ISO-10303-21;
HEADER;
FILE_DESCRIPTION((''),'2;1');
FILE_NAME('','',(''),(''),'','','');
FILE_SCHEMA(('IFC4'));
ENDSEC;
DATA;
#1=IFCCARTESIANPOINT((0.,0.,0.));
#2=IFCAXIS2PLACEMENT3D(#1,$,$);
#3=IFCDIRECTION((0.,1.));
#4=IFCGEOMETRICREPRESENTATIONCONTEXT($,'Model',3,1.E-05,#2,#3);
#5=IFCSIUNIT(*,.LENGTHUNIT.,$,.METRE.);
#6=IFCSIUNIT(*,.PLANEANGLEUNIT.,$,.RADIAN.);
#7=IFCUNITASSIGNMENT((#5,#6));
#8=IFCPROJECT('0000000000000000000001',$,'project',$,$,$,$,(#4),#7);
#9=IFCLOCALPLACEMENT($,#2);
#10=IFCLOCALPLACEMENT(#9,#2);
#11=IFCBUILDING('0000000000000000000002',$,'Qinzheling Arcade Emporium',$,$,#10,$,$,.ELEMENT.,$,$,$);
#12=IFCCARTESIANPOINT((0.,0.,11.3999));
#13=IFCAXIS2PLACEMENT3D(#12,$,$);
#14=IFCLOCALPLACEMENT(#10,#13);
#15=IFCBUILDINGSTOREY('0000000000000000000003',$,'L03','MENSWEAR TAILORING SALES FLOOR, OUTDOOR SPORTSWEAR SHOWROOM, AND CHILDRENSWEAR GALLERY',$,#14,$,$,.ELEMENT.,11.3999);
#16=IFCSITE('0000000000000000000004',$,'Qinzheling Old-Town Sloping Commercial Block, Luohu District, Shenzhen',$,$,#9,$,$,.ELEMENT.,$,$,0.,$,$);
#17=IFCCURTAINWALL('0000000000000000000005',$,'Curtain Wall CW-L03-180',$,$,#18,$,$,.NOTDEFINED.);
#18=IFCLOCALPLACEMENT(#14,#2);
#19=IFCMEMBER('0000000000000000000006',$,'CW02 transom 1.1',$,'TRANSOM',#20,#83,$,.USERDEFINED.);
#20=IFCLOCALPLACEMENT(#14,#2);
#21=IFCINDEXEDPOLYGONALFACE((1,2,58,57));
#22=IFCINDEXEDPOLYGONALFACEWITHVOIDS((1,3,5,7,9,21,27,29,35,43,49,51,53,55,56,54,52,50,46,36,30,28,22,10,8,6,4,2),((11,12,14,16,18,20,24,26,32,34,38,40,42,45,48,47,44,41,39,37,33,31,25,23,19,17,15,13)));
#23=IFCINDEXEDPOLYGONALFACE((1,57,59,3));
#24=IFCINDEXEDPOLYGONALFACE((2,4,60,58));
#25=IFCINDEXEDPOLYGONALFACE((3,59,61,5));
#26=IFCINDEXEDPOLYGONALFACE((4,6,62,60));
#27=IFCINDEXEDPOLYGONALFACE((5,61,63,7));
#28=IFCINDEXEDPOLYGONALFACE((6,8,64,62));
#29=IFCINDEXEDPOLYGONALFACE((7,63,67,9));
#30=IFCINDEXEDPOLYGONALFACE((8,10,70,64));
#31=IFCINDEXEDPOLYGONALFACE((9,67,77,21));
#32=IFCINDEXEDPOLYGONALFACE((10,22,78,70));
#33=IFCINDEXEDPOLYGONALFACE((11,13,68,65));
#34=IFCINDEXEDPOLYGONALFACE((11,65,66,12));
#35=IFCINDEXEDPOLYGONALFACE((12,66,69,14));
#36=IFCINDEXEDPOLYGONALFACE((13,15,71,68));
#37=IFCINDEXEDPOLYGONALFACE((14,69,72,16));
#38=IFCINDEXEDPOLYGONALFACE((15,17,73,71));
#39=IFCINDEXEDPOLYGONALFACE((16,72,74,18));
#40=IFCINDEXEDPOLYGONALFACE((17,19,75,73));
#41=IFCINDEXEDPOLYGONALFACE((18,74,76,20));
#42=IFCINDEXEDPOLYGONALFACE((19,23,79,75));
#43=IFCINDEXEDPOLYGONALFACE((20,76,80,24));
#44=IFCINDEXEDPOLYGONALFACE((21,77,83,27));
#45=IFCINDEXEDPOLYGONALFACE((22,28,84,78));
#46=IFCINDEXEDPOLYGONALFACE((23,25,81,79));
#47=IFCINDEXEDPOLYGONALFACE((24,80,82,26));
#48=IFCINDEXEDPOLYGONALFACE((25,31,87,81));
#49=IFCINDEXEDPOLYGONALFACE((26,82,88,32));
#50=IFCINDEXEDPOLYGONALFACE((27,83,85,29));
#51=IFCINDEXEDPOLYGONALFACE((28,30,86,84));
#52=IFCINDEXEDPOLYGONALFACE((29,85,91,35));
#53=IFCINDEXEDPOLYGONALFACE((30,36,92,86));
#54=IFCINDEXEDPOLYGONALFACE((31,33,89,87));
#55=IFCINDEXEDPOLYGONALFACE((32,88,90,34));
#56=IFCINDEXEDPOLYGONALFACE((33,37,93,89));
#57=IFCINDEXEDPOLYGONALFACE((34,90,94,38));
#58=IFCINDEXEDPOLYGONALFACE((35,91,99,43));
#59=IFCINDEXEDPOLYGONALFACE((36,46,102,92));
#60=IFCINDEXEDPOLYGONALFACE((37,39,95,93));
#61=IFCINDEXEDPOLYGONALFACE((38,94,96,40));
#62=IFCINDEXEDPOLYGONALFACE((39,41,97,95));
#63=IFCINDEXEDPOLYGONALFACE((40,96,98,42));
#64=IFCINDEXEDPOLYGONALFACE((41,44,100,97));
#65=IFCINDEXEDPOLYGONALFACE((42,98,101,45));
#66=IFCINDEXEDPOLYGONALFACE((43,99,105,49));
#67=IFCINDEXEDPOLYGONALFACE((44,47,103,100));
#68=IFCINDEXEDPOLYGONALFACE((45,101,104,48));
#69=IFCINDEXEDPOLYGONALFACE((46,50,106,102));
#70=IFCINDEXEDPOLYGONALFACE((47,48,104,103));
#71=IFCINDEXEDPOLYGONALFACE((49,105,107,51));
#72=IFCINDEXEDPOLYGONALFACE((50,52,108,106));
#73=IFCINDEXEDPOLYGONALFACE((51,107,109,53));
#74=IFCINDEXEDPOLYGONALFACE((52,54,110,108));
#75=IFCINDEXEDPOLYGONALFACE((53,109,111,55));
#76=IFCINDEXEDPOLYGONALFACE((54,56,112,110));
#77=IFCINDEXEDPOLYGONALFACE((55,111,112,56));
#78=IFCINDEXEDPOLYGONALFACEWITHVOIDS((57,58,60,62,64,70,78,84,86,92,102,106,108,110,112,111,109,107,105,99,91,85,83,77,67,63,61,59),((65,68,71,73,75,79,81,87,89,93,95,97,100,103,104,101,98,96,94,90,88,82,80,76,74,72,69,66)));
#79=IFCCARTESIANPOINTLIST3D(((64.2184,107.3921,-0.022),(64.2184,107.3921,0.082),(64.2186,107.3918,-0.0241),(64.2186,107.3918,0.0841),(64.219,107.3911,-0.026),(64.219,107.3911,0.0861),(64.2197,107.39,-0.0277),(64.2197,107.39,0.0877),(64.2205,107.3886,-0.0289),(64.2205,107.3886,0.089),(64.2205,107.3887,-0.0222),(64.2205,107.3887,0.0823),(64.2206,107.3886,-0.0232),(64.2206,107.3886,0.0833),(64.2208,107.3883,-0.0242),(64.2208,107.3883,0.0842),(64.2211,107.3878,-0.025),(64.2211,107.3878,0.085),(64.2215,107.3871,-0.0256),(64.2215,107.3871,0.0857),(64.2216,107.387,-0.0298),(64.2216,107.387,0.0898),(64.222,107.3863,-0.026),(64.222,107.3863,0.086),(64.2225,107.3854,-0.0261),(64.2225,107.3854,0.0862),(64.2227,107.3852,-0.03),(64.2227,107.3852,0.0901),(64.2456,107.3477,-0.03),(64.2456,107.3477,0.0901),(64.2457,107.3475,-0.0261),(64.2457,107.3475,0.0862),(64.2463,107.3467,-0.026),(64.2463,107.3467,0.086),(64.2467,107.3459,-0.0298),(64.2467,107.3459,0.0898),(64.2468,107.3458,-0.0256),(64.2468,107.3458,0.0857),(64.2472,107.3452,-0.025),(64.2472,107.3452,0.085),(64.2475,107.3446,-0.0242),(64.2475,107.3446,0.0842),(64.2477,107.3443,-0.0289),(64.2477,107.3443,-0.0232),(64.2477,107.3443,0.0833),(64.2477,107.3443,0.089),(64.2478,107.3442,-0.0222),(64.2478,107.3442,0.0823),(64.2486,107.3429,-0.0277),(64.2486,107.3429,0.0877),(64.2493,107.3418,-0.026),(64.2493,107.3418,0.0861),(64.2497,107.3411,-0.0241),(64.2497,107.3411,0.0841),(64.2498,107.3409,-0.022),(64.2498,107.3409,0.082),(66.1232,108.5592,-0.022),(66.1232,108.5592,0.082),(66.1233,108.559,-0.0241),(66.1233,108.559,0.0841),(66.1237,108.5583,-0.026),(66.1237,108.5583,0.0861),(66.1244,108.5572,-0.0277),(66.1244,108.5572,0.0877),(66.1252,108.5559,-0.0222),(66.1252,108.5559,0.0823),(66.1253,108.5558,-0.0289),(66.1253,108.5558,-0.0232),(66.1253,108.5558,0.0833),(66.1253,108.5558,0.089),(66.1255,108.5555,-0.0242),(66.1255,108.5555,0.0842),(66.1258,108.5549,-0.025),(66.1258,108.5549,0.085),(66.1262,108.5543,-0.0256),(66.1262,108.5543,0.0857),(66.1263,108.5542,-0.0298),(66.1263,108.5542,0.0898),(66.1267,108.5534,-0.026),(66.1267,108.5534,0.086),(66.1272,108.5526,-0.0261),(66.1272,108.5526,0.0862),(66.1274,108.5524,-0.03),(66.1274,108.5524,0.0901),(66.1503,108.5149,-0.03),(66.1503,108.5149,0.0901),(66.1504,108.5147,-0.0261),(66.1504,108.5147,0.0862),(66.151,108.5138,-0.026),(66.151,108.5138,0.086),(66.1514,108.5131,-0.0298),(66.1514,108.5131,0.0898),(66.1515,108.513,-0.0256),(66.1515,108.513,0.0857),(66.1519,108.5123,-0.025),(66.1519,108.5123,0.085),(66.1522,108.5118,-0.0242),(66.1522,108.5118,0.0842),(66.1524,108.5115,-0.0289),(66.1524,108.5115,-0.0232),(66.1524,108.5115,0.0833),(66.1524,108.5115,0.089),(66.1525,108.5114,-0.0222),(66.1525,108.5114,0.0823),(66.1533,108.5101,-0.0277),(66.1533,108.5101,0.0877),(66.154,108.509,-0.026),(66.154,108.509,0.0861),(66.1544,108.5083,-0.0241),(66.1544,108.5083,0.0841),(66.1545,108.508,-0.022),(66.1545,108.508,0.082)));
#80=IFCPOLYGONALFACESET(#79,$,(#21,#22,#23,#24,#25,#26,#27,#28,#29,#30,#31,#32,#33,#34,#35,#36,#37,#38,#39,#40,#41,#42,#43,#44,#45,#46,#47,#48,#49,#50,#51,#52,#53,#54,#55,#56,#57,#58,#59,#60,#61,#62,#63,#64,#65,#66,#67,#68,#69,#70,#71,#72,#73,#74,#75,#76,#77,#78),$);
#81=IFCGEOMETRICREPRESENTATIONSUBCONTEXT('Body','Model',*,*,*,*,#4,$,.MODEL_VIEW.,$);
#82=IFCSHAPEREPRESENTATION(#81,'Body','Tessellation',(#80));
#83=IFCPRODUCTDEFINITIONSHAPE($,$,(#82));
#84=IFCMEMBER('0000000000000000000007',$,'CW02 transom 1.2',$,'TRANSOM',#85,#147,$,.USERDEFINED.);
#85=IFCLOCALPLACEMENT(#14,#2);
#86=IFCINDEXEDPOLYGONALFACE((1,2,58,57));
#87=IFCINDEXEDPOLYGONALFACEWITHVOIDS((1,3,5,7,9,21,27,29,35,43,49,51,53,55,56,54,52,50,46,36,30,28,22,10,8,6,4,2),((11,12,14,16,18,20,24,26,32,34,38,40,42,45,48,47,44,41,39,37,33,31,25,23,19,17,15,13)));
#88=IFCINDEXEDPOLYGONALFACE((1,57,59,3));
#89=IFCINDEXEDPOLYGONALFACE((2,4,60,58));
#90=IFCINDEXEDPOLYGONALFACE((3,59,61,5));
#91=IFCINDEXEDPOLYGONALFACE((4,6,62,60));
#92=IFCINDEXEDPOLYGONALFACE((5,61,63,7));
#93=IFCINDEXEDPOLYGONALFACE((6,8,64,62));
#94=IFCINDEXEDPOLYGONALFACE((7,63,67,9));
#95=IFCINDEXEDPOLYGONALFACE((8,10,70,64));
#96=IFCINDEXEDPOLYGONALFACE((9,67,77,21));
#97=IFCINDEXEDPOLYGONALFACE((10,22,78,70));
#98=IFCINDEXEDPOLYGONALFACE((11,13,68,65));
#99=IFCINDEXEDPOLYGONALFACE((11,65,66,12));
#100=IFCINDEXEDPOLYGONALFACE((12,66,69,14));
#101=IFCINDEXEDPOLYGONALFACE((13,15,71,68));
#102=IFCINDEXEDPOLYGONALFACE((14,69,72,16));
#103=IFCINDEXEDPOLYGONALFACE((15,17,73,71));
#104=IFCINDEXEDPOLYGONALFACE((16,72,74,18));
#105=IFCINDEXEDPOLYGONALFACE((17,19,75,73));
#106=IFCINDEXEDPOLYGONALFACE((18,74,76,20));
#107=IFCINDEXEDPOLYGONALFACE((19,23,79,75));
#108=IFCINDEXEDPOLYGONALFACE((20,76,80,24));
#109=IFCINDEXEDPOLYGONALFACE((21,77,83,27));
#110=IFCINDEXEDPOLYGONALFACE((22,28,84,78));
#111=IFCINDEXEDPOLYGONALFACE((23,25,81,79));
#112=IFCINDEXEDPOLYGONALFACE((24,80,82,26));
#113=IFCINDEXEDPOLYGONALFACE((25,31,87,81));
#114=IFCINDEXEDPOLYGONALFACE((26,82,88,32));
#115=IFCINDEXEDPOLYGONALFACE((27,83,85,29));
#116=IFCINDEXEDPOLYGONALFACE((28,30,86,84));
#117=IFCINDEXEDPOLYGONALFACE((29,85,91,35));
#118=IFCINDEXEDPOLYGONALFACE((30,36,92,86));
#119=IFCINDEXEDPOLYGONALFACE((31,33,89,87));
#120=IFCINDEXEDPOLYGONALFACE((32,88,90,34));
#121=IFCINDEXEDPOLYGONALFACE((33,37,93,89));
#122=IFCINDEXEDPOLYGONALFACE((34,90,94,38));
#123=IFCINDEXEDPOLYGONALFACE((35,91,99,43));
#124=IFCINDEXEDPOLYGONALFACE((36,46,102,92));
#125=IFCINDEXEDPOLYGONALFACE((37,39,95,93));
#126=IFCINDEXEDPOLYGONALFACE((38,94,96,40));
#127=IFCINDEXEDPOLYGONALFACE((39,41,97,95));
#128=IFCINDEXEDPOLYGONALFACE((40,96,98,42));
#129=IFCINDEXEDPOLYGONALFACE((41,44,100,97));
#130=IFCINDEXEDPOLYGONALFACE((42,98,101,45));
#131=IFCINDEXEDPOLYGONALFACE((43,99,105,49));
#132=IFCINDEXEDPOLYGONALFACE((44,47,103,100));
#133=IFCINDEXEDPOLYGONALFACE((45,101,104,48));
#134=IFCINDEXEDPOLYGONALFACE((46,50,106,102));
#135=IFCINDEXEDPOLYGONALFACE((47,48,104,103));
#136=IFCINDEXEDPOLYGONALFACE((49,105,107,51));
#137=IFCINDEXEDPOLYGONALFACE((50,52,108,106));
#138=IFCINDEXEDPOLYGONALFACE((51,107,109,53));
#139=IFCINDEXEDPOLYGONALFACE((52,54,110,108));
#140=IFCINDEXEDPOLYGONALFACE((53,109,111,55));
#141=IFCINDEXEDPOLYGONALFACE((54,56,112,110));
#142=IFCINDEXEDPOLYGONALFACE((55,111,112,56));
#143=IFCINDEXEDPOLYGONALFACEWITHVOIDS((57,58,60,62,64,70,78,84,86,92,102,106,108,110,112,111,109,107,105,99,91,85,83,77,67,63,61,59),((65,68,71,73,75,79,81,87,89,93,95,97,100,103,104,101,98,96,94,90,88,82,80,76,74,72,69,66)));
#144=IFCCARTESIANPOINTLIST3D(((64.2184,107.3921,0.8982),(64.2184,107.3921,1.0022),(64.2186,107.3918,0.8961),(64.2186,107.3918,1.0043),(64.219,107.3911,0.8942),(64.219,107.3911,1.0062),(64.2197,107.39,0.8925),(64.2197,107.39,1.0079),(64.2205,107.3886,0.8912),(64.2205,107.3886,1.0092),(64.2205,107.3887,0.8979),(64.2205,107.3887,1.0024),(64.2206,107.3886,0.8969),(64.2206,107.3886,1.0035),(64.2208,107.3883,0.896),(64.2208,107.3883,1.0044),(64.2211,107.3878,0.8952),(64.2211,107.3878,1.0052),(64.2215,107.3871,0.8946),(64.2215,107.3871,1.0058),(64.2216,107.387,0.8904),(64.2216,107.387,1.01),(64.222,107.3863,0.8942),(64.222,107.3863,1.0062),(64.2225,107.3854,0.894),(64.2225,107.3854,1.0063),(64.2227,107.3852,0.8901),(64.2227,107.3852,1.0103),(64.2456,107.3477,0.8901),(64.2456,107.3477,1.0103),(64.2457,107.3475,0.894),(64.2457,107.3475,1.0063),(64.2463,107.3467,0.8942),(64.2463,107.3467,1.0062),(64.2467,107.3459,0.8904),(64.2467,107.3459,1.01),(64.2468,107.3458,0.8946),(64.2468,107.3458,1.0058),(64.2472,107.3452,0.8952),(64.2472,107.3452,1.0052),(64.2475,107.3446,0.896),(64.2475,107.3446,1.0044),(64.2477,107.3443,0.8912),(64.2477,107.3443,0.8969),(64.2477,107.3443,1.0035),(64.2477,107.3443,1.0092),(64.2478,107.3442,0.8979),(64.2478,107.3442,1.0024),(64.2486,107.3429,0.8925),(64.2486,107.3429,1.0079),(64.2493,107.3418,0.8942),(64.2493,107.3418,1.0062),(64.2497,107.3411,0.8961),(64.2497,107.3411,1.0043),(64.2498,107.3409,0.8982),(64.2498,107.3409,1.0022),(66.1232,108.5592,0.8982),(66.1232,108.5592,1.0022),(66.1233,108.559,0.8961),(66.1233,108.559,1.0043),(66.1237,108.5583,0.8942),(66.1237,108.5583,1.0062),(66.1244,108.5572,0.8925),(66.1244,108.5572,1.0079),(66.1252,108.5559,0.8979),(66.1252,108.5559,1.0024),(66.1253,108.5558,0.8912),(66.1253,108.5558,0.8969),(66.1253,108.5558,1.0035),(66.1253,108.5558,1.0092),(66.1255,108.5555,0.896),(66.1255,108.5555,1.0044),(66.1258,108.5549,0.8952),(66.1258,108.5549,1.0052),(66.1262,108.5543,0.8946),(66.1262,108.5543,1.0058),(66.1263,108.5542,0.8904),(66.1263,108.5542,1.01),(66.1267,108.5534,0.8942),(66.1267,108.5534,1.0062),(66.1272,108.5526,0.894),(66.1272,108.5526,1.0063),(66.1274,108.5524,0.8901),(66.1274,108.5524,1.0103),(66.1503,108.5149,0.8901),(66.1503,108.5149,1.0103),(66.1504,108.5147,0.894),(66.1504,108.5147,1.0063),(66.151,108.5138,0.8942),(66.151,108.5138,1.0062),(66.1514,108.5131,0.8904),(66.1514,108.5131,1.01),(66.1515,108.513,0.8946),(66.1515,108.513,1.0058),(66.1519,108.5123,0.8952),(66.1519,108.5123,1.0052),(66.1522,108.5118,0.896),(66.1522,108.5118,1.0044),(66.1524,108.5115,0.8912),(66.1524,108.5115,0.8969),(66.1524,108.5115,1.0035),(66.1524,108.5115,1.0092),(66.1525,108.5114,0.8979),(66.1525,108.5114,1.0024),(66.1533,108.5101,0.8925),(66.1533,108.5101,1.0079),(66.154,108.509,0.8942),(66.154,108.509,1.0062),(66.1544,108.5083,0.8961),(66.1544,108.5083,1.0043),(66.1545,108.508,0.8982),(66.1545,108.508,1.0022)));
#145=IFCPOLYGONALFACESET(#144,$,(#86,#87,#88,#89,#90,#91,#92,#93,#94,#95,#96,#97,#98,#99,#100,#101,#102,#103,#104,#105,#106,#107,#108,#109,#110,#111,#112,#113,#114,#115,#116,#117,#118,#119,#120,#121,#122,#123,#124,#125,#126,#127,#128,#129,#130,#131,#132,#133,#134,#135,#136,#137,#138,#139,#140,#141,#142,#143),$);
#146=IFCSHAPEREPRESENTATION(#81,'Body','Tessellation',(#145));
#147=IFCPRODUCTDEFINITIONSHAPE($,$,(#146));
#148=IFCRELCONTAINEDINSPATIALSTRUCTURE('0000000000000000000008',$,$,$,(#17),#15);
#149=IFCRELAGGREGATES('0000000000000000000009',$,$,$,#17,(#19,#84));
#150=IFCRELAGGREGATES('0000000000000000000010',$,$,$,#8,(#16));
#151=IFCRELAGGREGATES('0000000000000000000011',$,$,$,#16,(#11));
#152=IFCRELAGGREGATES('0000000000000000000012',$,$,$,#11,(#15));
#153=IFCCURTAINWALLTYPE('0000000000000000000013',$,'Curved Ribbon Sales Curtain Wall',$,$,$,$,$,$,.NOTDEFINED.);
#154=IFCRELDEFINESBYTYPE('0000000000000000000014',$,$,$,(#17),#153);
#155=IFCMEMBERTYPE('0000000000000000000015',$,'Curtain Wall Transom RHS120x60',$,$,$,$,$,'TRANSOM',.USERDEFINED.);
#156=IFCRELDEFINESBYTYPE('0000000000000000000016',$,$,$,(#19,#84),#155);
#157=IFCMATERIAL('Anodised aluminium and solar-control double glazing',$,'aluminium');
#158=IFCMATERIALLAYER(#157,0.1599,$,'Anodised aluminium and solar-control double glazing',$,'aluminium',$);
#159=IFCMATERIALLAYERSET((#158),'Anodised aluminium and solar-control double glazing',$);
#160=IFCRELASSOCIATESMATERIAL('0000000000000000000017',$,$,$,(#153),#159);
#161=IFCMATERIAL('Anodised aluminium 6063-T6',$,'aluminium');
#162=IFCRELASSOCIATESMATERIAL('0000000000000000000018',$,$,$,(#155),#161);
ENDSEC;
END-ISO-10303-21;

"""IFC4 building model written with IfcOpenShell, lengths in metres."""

from ifc_helpers import new_model, si_unit, direction, frame, origin, origin_2d, place, context, subcontext, project, spatial, hollow_rectangle, extrude, material, layer, layer_set, material_profile, profile_set, type_object, element, aggregate, save


model = new_model("IFC4")

# Units and contexts
model_context = context("Model", 3, precision=1e-05, world=origin(), true_north=direction((0.0, 1.0)))
body_context = subcontext(model_context, "Body", "Model", "MODEL_VIEW")
ifc_project = project(units=[si_unit("LENGTHUNIT", "METRE"), si_unit("PLANEANGLEUNIT", "RADIAN")], contexts=[model_context])

# Site, building, storey
site_placement = place(None, origin())
site = spatial("IfcSite", under=ifc_project, at=site_placement, Name="Qinzheling Old-Town Sloping Commercial Block, Luohu District, Shenzhen", CompositionType="ELEMENT", RefElevation=0.0)
building_placement = place(site_placement, origin())
building = spatial("IfcBuilding", under=site, at=building_placement, Name="Qinzheling Arcade Emporium", CompositionType="ELEMENT")
storey_placement = place(building_placement, frame((0.0, 0.0, 11.3999)))
storey = spatial("IfcBuildingStorey", under=building, at=storey_placement, Name="L03", Description="MENSWEAR TAILORING SALES FLOOR, OUTDOOR SPORTSWEAR SHOWROOM, AND CHILDRENSWEAR GALLERY", CompositionType="ELEMENT", Elevation=11.3999)

# Shared definitions
ifc_material_1 = material(Name="Anodised aluminium and solar-control double glazing", Category="aluminium")
ifc_layer_1 = layer(ifc_material_1, 0.1599, Name="Anodised aluminium and solar-control double glazing", Category="aluminium")
ifc_layer_set_1 = layer_set([ifc_layer_1], Name="Anodised aluminium and solar-control double glazing")
curtain_wall_type = type_object("IfcCurtainWallType", Name="Curved Ribbon Sales Curtain Wall", PredefinedType="NOTDEFINED", material=ifc_layer_set_1)
ifc_material_2 = material(Name="Anodised aluminium 6063-T6", Category="aluminium")

# Curtain wall
curtain_wall_1_placement = place(storey_placement, origin())
curtain_wall_1 = element("IfcCurtainWall", 1, at=curtain_wall_1_placement, inside=storey, type_object=curtain_wall_type, Name="Curtain Wall CW-L03-180", PredefinedType="NOTDEFINED")

# Members
ifc_material_profile_1 = material_profile(ifc_material_2, hollow_rectangle(XDim=0.0601, YDim=0.1201, WallThickness=0.0039, InnerFilletRadius=0.0039, OuterFilletRadius=0.0081, at=origin_2d()), Name="RHS 120x60x4", Category="aluminium")
ifc_profile_set_1 = profile_set([ifc_material_profile_1], Name="Anodised aluminium 6063-T6")
member_type_1 = type_object("IfcMemberType", Name="Curtain Wall Transom RHS120x60", ElementType="TRANSOM", PredefinedType="USERDEFINED", material=ifc_profile_set_1)
member_1_placement = place(storey_placement, frame((64.2341, 107.3665, 0.03), z_axis=(0.852644, 0.522493, 0.0), x_axis=(-0.522493, 0.852644, 0.0)))
member_1 = element("IfcMember", 2, at=member_1_placement, type_object=member_type_1, Name="CW02 transom 1.1", ObjectType="TRANSOM", PredefinedType="USERDEFINED", context=body_context, shape_type="SweptSolid", body=[
    extrude(hollow_rectangle(XDim=0.0601, YDim=0.1201, WallThickness=0.0039, InnerFilletRadius=0.0039, OuterFilletRadius=0.0081, at=origin_2d()), origin(), (0.0, 0.0, 1.0), 2.2339),
])
member_2_placement = place(storey_placement, frame((64.2341, 107.3665, 0.9502), z_axis=(0.852644, 0.522493, 0.0), x_axis=(-0.522493, 0.852644, 0.0)))
member_2 = element("IfcMember", 3, at=member_2_placement, type_object=member_type_1, Name="CW02 transom 1.2", ObjectType="TRANSOM", PredefinedType="USERDEFINED", context=body_context, shape_type="SweptSolid", body=[
    extrude(hollow_rectangle(XDim=0.0601, YDim=0.1201, WallThickness=0.0039, InnerFilletRadius=0.0039, OuterFilletRadius=0.0081, at=origin_2d()), origin(), (0.0, 0.0, 1.0), 2.2339),
])

aggregate(curtain_wall_1, [member_1, member_2])

save(model, "model.ifc")
